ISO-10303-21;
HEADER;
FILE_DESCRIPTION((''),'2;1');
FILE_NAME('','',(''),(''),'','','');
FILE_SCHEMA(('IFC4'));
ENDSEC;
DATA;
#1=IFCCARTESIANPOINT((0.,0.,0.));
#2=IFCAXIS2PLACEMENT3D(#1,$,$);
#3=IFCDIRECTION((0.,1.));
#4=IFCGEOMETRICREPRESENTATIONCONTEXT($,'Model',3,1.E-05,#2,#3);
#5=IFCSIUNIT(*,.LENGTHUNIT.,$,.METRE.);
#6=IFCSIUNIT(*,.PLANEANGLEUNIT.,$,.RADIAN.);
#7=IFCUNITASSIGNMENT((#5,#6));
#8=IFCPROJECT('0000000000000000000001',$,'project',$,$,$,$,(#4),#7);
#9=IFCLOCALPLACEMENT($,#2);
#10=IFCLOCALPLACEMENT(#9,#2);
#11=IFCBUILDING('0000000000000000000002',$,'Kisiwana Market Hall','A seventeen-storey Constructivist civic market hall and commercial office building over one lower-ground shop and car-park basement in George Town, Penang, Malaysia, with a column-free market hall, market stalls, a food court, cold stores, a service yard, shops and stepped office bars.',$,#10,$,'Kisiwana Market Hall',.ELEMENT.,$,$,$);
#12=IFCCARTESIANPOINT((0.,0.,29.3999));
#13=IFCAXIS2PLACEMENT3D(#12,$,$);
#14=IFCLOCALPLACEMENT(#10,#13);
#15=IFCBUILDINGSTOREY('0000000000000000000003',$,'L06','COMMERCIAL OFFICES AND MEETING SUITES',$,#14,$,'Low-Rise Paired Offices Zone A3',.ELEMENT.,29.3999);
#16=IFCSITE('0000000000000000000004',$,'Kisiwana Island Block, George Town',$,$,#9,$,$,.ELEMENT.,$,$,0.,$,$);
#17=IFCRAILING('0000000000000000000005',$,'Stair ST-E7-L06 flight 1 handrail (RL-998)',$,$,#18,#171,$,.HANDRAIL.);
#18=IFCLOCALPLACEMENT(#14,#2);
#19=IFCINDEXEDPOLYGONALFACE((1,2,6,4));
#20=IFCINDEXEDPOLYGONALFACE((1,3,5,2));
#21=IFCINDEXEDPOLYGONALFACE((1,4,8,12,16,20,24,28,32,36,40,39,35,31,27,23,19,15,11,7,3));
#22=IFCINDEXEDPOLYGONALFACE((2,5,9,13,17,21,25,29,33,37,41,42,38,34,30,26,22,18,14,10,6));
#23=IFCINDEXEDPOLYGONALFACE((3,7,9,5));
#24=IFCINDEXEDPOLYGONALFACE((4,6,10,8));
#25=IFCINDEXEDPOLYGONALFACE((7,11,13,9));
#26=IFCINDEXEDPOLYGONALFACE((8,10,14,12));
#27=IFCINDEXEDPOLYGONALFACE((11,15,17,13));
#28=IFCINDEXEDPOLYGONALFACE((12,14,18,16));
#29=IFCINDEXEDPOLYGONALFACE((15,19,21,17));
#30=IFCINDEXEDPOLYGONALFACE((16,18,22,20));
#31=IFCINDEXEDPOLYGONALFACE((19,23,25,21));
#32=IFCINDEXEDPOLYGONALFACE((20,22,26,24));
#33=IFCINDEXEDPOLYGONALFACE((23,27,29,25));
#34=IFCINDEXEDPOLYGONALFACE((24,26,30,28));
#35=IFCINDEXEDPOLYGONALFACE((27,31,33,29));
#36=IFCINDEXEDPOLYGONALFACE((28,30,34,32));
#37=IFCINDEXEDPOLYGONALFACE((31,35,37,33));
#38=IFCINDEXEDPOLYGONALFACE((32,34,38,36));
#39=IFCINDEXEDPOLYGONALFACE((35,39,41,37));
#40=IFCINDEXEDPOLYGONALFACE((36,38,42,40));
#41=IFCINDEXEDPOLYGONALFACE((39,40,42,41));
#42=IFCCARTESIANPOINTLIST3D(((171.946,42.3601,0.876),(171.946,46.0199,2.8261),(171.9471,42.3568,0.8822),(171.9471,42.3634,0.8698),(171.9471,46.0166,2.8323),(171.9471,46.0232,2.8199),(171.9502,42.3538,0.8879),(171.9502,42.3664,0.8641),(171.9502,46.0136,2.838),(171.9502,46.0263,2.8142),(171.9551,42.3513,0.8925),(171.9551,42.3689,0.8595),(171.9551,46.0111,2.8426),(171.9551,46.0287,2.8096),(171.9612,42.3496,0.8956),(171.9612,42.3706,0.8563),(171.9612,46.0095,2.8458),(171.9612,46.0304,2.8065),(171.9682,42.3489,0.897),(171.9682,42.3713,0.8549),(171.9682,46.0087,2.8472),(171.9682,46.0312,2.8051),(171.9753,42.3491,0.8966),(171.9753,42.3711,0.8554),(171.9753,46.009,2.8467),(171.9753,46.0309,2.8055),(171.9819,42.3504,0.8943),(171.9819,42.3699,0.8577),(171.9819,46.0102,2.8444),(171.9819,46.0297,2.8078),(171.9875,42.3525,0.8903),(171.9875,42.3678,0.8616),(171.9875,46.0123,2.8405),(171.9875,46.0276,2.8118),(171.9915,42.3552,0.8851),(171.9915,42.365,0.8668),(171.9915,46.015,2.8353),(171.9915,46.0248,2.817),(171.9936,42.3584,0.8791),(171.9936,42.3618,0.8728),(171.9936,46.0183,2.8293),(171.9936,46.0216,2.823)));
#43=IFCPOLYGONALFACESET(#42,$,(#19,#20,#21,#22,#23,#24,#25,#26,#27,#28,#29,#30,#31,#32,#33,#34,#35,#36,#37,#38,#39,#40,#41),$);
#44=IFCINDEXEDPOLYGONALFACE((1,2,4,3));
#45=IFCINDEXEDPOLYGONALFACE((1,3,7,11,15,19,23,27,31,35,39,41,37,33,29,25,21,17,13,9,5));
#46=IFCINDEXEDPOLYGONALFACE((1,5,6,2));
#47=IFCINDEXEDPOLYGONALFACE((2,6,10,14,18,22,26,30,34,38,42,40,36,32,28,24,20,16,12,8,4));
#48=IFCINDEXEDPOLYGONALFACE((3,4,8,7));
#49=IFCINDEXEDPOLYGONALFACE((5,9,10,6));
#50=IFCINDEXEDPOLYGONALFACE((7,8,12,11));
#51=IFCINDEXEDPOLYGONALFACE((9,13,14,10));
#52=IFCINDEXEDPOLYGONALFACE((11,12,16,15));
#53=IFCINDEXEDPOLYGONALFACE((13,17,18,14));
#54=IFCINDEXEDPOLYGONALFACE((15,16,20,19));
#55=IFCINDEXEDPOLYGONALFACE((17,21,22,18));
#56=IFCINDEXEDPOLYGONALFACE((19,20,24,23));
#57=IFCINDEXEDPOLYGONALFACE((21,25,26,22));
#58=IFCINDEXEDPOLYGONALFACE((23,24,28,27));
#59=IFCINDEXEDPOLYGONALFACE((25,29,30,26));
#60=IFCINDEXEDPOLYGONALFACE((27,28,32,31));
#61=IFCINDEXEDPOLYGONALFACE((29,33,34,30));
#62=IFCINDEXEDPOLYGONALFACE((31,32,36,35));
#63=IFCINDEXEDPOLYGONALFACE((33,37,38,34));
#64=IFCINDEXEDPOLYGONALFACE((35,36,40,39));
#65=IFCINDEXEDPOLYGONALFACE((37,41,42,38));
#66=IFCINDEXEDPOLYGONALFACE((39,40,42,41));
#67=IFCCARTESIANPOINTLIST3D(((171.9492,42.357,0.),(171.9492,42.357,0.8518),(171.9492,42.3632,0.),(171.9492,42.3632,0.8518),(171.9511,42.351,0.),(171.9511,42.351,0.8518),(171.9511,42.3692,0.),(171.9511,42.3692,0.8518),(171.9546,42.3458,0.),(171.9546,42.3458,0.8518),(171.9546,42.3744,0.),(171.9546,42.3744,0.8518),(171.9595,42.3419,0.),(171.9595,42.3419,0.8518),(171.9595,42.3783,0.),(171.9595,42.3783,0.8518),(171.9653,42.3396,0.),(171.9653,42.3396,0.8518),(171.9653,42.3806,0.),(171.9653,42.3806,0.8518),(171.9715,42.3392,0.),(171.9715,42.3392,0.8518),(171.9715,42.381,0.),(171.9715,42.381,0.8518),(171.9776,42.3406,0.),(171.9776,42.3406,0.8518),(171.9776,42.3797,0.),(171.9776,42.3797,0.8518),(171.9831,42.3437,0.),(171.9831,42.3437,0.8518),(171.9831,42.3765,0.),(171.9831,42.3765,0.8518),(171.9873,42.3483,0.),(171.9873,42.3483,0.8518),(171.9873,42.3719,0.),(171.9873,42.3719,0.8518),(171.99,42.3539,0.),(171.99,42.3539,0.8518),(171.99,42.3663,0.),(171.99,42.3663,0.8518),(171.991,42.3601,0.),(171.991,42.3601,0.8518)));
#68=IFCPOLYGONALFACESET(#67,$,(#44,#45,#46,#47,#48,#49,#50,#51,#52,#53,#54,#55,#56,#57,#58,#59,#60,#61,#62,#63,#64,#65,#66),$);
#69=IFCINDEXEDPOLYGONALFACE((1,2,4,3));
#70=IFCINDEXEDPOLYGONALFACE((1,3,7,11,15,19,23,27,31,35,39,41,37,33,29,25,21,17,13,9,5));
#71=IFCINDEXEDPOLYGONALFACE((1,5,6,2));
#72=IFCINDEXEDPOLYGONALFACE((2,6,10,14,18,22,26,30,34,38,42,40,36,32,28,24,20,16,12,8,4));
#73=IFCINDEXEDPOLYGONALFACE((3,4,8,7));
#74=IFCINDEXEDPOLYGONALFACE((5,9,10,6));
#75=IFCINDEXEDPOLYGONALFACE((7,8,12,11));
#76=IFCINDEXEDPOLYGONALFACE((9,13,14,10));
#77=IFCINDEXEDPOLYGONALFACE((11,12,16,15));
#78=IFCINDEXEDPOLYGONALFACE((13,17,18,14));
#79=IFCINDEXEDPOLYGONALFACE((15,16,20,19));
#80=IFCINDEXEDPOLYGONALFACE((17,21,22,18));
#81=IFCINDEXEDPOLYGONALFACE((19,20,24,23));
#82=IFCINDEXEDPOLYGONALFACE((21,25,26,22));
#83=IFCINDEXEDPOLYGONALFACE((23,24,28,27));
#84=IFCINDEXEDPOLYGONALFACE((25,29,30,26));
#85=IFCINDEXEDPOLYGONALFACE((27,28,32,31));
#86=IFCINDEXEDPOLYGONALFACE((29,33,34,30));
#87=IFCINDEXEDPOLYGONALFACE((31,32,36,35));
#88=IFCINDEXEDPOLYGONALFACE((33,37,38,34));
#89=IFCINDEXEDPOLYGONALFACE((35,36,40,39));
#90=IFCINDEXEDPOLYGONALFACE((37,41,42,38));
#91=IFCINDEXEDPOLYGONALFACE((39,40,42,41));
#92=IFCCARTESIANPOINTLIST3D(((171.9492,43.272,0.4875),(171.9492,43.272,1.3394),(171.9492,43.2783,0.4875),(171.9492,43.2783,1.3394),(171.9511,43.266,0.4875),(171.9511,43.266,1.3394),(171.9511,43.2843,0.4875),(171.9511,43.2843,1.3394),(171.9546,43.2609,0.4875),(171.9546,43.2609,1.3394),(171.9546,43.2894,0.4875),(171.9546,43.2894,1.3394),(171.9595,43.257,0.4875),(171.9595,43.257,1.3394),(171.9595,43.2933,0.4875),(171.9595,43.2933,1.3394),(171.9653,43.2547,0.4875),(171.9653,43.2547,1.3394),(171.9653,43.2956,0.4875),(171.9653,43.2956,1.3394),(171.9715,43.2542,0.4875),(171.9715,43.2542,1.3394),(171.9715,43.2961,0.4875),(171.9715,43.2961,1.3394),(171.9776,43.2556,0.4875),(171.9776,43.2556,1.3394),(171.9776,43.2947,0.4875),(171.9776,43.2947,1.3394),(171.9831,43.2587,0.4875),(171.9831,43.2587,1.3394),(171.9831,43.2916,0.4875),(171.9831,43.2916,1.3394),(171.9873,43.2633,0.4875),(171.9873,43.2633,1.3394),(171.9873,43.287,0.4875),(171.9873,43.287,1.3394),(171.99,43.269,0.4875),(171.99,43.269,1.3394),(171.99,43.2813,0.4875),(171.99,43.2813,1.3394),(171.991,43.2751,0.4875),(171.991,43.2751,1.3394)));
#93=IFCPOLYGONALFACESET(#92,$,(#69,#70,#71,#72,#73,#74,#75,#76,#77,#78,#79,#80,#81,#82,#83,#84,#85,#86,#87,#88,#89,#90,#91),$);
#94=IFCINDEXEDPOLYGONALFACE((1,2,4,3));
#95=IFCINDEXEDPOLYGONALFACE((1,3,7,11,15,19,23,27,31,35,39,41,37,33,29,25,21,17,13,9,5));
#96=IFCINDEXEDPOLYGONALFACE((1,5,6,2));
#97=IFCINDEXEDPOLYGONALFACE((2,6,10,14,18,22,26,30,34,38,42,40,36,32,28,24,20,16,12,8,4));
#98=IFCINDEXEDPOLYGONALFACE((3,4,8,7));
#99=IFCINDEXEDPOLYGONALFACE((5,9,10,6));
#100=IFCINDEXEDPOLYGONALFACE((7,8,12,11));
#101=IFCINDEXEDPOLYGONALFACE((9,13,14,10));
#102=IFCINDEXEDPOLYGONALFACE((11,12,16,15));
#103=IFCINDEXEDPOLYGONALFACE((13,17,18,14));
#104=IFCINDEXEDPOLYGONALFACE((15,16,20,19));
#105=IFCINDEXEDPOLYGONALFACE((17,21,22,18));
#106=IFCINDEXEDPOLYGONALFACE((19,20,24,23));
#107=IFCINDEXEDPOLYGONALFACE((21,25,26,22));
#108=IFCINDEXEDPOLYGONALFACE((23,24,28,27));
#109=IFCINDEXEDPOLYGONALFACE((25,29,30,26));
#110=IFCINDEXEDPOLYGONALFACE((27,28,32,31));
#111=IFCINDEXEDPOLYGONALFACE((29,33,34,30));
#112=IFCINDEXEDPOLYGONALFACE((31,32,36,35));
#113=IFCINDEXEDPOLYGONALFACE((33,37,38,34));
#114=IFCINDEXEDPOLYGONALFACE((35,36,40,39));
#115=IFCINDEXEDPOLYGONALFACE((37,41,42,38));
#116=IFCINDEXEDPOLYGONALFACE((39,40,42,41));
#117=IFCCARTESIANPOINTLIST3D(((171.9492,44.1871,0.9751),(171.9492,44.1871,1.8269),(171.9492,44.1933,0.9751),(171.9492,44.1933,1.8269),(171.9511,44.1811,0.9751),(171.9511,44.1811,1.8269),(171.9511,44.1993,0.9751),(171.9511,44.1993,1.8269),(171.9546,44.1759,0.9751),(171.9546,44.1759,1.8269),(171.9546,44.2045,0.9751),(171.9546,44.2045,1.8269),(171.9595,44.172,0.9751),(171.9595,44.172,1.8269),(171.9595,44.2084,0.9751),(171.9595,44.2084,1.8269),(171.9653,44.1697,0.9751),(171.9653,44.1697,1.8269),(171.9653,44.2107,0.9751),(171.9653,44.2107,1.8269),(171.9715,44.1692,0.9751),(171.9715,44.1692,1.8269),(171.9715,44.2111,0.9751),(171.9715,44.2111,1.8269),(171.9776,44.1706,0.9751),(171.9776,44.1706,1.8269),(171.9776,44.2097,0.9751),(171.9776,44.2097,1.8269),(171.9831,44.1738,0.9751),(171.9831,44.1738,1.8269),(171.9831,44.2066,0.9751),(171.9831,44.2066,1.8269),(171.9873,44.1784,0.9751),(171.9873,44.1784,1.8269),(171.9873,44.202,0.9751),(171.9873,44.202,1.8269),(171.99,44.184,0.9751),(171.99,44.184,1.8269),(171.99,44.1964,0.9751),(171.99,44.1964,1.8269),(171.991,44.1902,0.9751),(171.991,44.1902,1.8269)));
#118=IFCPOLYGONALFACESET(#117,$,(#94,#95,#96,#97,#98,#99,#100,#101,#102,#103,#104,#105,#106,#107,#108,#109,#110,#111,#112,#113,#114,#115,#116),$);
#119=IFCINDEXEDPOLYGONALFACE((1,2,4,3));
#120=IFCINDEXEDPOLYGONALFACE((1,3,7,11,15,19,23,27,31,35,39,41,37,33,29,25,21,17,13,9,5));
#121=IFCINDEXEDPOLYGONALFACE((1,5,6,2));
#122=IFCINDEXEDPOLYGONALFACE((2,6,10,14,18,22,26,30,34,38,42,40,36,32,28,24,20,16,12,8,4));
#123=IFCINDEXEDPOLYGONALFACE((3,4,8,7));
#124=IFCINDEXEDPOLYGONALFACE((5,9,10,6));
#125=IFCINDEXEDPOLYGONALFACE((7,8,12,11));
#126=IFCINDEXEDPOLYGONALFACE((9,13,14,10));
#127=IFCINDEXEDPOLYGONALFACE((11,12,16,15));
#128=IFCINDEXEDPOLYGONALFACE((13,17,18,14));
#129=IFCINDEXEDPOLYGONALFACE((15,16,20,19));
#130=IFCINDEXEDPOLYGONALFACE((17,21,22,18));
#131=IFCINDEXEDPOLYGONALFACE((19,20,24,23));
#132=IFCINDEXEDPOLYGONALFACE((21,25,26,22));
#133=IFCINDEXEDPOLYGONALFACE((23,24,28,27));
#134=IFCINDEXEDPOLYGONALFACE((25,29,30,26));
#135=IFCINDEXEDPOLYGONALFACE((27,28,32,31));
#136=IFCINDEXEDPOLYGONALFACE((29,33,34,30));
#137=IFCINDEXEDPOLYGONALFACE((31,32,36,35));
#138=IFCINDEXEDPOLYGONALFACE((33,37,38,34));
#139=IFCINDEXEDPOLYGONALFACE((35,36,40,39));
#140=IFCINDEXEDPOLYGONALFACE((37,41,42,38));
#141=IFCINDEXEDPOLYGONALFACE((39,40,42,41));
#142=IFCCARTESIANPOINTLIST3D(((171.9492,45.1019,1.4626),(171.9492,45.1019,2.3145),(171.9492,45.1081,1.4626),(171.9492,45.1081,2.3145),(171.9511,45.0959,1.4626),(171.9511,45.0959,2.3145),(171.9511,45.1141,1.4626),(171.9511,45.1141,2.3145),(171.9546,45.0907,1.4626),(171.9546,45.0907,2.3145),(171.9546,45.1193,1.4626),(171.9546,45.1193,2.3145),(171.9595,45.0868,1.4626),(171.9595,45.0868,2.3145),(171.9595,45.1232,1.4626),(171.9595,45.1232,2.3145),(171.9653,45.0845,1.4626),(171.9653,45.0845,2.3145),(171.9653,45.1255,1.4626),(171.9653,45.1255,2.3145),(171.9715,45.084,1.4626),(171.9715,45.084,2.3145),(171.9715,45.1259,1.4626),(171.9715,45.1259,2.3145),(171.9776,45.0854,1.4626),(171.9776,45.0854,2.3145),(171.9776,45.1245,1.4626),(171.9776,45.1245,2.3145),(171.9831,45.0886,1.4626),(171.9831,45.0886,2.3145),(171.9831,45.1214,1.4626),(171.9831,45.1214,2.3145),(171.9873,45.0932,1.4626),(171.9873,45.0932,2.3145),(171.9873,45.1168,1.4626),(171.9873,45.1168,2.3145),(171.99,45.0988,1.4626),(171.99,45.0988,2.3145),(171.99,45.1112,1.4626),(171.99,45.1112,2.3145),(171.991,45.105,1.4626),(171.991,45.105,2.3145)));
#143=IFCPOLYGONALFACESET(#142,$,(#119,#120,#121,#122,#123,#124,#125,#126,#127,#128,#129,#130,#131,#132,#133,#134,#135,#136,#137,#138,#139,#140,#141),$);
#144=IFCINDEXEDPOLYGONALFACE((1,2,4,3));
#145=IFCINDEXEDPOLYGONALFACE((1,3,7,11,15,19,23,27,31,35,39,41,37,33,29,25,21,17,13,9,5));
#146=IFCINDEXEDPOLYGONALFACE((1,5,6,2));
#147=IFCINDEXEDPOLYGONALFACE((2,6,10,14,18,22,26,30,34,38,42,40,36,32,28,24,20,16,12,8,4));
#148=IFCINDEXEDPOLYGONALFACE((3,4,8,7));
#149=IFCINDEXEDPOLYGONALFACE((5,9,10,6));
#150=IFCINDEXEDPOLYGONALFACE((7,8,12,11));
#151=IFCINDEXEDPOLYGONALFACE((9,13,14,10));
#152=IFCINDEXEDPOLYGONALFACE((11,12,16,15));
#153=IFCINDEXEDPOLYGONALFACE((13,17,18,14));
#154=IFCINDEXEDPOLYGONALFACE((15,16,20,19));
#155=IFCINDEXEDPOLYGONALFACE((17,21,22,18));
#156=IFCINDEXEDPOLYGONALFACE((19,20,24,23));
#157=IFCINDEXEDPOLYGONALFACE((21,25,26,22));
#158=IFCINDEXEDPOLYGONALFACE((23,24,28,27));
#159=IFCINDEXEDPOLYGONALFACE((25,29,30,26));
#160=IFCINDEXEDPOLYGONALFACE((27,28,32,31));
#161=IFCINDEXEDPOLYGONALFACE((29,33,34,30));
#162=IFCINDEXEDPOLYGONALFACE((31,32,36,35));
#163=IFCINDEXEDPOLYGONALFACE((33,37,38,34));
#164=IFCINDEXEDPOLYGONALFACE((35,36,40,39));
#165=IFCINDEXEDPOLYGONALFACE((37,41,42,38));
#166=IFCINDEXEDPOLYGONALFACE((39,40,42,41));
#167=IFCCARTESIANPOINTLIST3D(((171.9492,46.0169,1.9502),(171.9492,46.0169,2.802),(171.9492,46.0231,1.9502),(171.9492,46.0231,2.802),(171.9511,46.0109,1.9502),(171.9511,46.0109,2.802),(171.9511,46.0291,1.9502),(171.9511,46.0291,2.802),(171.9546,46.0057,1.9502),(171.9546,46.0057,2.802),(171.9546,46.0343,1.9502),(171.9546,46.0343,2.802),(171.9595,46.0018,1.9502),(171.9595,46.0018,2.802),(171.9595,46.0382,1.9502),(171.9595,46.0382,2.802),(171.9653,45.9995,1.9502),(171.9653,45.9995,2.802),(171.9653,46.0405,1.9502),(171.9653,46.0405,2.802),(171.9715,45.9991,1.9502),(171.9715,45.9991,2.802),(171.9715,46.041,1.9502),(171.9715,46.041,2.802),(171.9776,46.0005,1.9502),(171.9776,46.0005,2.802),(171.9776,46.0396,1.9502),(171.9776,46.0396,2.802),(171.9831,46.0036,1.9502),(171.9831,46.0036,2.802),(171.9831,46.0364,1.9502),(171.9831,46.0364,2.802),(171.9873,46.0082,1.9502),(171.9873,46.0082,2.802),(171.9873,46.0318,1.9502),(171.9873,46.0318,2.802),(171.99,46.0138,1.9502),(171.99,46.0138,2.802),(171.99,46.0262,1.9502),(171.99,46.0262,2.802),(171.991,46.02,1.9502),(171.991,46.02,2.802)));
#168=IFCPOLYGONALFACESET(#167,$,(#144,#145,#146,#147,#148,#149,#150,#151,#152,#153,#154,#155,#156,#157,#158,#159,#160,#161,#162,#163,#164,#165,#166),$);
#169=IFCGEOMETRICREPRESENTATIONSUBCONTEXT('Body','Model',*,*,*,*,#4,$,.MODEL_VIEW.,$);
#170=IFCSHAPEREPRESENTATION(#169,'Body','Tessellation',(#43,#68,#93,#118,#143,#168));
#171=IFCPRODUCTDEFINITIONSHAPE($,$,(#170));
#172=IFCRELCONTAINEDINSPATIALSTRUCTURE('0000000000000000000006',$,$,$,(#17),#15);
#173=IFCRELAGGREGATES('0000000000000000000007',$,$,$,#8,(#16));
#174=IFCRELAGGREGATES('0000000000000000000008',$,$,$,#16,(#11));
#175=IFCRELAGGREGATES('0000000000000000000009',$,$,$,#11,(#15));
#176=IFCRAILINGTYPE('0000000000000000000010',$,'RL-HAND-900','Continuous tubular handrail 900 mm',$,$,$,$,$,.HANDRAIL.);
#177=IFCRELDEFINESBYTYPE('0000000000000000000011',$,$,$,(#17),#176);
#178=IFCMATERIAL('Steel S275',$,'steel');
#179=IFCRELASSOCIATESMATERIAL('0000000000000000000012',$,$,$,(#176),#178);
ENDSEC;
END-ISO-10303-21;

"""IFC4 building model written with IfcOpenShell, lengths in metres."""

from ifc_helpers import new_model, si_unit, direction, frame, origin, origin_2d, place, context, subcontext, project, spatial, circle, extrude, material, type_object, element, save


model = new_model("IFC4")

# Units and contexts
model_context = context("Model", 3, precision=1e-05, world=origin(), true_north=direction((0.0, 1.0)))
body_context = subcontext(model_context, "Body", "Model", "MODEL_VIEW")
ifc_project = project(units=[si_unit("LENGTHUNIT", "METRE"), si_unit("PLANEANGLEUNIT", "RADIAN")], contexts=[model_context])

# Site, building, storey
site_placement = place(None, origin())
site = spatial("IfcSite", under=ifc_project, at=site_placement, Name="Kisiwana Island Block, George Town", CompositionType="ELEMENT", RefElevation=0.0)
building_placement = place(site_placement, origin())
building = spatial("IfcBuilding", under=site, at=building_placement, Name="Kisiwana Market Hall", Description="A seventeen-storey Constructivist civic market hall and commercial office building over one lower-ground shop and car-park basement in George Town, Penang, Malaysia, with a column-free market hall, market stalls, a food court, cold stores, a service yard, shops and stepped office bars.", LongName="Kisiwana Market Hall", CompositionType="ELEMENT")
storey_placement = place(building_placement, frame((0.0, 0.0, 29.3999)))
storey = spatial("IfcBuildingStorey", under=building, at=storey_placement, Name="L06", Description="COMMERCIAL OFFICES AND MEETING SUITES", LongName="Low-Rise Paired Offices Zone A3", CompositionType="ELEMENT", Elevation=29.3999)

# Railing
ifc_material_1 = material(Name="Steel S275", Category="steel")
railing_type_1 = type_object("IfcRailingType", Name="RL-HAND-900", Description="Continuous tubular handrail 900 mm", PredefinedType="HANDRAIL", material=ifc_material_1)
railing_1_placement = place(storey_placement, frame((171.97, 42.3601, 0.0)))
element("IfcRailing", 1, at=railing_1_placement, inside=storey, type_object=railing_type_1, Name="Stair ST-E7-L06 flight 1 handrail (RL-998)", PredefinedType="HANDRAIL", context=body_context, shape_type="SweptSolid", body=[
    extrude(circle(Radius=0.0239, at=origin_2d()), frame((0.0, 0.0, 0.876), z_axis=(0.0, 0.882529, 0.470258), x_axis=(-1.0, 0.0, 0.0)), (0.0, 0.0, 1.0), 4.147),
    extrude(circle(Radius=0.021, at=origin_2d()), origin(), (0.0, 0.0, 1.0), 0.8518),
    extrude(circle(Radius=0.021, at=origin_2d()), frame((0.0, 0.915, 0.4875)), (0.0, 0.0, 1.0), 0.8518),
    extrude(circle(Radius=0.021, at=origin_2d()), frame((0.0, 1.8301, 0.9751)), (0.0, 0.0, 1.0), 0.8518),
    extrude(circle(Radius=0.021, at=origin_2d()), frame((0.0, 2.7449, 1.4626)), (0.0, 0.0, 1.0), 0.8518),
    extrude(circle(Radius=0.021, at=origin_2d()), frame((0.0, 3.6599, 1.9502)), (0.0, 0.0, 1.0), 0.8518),
])

save(model, "model.ifc")
